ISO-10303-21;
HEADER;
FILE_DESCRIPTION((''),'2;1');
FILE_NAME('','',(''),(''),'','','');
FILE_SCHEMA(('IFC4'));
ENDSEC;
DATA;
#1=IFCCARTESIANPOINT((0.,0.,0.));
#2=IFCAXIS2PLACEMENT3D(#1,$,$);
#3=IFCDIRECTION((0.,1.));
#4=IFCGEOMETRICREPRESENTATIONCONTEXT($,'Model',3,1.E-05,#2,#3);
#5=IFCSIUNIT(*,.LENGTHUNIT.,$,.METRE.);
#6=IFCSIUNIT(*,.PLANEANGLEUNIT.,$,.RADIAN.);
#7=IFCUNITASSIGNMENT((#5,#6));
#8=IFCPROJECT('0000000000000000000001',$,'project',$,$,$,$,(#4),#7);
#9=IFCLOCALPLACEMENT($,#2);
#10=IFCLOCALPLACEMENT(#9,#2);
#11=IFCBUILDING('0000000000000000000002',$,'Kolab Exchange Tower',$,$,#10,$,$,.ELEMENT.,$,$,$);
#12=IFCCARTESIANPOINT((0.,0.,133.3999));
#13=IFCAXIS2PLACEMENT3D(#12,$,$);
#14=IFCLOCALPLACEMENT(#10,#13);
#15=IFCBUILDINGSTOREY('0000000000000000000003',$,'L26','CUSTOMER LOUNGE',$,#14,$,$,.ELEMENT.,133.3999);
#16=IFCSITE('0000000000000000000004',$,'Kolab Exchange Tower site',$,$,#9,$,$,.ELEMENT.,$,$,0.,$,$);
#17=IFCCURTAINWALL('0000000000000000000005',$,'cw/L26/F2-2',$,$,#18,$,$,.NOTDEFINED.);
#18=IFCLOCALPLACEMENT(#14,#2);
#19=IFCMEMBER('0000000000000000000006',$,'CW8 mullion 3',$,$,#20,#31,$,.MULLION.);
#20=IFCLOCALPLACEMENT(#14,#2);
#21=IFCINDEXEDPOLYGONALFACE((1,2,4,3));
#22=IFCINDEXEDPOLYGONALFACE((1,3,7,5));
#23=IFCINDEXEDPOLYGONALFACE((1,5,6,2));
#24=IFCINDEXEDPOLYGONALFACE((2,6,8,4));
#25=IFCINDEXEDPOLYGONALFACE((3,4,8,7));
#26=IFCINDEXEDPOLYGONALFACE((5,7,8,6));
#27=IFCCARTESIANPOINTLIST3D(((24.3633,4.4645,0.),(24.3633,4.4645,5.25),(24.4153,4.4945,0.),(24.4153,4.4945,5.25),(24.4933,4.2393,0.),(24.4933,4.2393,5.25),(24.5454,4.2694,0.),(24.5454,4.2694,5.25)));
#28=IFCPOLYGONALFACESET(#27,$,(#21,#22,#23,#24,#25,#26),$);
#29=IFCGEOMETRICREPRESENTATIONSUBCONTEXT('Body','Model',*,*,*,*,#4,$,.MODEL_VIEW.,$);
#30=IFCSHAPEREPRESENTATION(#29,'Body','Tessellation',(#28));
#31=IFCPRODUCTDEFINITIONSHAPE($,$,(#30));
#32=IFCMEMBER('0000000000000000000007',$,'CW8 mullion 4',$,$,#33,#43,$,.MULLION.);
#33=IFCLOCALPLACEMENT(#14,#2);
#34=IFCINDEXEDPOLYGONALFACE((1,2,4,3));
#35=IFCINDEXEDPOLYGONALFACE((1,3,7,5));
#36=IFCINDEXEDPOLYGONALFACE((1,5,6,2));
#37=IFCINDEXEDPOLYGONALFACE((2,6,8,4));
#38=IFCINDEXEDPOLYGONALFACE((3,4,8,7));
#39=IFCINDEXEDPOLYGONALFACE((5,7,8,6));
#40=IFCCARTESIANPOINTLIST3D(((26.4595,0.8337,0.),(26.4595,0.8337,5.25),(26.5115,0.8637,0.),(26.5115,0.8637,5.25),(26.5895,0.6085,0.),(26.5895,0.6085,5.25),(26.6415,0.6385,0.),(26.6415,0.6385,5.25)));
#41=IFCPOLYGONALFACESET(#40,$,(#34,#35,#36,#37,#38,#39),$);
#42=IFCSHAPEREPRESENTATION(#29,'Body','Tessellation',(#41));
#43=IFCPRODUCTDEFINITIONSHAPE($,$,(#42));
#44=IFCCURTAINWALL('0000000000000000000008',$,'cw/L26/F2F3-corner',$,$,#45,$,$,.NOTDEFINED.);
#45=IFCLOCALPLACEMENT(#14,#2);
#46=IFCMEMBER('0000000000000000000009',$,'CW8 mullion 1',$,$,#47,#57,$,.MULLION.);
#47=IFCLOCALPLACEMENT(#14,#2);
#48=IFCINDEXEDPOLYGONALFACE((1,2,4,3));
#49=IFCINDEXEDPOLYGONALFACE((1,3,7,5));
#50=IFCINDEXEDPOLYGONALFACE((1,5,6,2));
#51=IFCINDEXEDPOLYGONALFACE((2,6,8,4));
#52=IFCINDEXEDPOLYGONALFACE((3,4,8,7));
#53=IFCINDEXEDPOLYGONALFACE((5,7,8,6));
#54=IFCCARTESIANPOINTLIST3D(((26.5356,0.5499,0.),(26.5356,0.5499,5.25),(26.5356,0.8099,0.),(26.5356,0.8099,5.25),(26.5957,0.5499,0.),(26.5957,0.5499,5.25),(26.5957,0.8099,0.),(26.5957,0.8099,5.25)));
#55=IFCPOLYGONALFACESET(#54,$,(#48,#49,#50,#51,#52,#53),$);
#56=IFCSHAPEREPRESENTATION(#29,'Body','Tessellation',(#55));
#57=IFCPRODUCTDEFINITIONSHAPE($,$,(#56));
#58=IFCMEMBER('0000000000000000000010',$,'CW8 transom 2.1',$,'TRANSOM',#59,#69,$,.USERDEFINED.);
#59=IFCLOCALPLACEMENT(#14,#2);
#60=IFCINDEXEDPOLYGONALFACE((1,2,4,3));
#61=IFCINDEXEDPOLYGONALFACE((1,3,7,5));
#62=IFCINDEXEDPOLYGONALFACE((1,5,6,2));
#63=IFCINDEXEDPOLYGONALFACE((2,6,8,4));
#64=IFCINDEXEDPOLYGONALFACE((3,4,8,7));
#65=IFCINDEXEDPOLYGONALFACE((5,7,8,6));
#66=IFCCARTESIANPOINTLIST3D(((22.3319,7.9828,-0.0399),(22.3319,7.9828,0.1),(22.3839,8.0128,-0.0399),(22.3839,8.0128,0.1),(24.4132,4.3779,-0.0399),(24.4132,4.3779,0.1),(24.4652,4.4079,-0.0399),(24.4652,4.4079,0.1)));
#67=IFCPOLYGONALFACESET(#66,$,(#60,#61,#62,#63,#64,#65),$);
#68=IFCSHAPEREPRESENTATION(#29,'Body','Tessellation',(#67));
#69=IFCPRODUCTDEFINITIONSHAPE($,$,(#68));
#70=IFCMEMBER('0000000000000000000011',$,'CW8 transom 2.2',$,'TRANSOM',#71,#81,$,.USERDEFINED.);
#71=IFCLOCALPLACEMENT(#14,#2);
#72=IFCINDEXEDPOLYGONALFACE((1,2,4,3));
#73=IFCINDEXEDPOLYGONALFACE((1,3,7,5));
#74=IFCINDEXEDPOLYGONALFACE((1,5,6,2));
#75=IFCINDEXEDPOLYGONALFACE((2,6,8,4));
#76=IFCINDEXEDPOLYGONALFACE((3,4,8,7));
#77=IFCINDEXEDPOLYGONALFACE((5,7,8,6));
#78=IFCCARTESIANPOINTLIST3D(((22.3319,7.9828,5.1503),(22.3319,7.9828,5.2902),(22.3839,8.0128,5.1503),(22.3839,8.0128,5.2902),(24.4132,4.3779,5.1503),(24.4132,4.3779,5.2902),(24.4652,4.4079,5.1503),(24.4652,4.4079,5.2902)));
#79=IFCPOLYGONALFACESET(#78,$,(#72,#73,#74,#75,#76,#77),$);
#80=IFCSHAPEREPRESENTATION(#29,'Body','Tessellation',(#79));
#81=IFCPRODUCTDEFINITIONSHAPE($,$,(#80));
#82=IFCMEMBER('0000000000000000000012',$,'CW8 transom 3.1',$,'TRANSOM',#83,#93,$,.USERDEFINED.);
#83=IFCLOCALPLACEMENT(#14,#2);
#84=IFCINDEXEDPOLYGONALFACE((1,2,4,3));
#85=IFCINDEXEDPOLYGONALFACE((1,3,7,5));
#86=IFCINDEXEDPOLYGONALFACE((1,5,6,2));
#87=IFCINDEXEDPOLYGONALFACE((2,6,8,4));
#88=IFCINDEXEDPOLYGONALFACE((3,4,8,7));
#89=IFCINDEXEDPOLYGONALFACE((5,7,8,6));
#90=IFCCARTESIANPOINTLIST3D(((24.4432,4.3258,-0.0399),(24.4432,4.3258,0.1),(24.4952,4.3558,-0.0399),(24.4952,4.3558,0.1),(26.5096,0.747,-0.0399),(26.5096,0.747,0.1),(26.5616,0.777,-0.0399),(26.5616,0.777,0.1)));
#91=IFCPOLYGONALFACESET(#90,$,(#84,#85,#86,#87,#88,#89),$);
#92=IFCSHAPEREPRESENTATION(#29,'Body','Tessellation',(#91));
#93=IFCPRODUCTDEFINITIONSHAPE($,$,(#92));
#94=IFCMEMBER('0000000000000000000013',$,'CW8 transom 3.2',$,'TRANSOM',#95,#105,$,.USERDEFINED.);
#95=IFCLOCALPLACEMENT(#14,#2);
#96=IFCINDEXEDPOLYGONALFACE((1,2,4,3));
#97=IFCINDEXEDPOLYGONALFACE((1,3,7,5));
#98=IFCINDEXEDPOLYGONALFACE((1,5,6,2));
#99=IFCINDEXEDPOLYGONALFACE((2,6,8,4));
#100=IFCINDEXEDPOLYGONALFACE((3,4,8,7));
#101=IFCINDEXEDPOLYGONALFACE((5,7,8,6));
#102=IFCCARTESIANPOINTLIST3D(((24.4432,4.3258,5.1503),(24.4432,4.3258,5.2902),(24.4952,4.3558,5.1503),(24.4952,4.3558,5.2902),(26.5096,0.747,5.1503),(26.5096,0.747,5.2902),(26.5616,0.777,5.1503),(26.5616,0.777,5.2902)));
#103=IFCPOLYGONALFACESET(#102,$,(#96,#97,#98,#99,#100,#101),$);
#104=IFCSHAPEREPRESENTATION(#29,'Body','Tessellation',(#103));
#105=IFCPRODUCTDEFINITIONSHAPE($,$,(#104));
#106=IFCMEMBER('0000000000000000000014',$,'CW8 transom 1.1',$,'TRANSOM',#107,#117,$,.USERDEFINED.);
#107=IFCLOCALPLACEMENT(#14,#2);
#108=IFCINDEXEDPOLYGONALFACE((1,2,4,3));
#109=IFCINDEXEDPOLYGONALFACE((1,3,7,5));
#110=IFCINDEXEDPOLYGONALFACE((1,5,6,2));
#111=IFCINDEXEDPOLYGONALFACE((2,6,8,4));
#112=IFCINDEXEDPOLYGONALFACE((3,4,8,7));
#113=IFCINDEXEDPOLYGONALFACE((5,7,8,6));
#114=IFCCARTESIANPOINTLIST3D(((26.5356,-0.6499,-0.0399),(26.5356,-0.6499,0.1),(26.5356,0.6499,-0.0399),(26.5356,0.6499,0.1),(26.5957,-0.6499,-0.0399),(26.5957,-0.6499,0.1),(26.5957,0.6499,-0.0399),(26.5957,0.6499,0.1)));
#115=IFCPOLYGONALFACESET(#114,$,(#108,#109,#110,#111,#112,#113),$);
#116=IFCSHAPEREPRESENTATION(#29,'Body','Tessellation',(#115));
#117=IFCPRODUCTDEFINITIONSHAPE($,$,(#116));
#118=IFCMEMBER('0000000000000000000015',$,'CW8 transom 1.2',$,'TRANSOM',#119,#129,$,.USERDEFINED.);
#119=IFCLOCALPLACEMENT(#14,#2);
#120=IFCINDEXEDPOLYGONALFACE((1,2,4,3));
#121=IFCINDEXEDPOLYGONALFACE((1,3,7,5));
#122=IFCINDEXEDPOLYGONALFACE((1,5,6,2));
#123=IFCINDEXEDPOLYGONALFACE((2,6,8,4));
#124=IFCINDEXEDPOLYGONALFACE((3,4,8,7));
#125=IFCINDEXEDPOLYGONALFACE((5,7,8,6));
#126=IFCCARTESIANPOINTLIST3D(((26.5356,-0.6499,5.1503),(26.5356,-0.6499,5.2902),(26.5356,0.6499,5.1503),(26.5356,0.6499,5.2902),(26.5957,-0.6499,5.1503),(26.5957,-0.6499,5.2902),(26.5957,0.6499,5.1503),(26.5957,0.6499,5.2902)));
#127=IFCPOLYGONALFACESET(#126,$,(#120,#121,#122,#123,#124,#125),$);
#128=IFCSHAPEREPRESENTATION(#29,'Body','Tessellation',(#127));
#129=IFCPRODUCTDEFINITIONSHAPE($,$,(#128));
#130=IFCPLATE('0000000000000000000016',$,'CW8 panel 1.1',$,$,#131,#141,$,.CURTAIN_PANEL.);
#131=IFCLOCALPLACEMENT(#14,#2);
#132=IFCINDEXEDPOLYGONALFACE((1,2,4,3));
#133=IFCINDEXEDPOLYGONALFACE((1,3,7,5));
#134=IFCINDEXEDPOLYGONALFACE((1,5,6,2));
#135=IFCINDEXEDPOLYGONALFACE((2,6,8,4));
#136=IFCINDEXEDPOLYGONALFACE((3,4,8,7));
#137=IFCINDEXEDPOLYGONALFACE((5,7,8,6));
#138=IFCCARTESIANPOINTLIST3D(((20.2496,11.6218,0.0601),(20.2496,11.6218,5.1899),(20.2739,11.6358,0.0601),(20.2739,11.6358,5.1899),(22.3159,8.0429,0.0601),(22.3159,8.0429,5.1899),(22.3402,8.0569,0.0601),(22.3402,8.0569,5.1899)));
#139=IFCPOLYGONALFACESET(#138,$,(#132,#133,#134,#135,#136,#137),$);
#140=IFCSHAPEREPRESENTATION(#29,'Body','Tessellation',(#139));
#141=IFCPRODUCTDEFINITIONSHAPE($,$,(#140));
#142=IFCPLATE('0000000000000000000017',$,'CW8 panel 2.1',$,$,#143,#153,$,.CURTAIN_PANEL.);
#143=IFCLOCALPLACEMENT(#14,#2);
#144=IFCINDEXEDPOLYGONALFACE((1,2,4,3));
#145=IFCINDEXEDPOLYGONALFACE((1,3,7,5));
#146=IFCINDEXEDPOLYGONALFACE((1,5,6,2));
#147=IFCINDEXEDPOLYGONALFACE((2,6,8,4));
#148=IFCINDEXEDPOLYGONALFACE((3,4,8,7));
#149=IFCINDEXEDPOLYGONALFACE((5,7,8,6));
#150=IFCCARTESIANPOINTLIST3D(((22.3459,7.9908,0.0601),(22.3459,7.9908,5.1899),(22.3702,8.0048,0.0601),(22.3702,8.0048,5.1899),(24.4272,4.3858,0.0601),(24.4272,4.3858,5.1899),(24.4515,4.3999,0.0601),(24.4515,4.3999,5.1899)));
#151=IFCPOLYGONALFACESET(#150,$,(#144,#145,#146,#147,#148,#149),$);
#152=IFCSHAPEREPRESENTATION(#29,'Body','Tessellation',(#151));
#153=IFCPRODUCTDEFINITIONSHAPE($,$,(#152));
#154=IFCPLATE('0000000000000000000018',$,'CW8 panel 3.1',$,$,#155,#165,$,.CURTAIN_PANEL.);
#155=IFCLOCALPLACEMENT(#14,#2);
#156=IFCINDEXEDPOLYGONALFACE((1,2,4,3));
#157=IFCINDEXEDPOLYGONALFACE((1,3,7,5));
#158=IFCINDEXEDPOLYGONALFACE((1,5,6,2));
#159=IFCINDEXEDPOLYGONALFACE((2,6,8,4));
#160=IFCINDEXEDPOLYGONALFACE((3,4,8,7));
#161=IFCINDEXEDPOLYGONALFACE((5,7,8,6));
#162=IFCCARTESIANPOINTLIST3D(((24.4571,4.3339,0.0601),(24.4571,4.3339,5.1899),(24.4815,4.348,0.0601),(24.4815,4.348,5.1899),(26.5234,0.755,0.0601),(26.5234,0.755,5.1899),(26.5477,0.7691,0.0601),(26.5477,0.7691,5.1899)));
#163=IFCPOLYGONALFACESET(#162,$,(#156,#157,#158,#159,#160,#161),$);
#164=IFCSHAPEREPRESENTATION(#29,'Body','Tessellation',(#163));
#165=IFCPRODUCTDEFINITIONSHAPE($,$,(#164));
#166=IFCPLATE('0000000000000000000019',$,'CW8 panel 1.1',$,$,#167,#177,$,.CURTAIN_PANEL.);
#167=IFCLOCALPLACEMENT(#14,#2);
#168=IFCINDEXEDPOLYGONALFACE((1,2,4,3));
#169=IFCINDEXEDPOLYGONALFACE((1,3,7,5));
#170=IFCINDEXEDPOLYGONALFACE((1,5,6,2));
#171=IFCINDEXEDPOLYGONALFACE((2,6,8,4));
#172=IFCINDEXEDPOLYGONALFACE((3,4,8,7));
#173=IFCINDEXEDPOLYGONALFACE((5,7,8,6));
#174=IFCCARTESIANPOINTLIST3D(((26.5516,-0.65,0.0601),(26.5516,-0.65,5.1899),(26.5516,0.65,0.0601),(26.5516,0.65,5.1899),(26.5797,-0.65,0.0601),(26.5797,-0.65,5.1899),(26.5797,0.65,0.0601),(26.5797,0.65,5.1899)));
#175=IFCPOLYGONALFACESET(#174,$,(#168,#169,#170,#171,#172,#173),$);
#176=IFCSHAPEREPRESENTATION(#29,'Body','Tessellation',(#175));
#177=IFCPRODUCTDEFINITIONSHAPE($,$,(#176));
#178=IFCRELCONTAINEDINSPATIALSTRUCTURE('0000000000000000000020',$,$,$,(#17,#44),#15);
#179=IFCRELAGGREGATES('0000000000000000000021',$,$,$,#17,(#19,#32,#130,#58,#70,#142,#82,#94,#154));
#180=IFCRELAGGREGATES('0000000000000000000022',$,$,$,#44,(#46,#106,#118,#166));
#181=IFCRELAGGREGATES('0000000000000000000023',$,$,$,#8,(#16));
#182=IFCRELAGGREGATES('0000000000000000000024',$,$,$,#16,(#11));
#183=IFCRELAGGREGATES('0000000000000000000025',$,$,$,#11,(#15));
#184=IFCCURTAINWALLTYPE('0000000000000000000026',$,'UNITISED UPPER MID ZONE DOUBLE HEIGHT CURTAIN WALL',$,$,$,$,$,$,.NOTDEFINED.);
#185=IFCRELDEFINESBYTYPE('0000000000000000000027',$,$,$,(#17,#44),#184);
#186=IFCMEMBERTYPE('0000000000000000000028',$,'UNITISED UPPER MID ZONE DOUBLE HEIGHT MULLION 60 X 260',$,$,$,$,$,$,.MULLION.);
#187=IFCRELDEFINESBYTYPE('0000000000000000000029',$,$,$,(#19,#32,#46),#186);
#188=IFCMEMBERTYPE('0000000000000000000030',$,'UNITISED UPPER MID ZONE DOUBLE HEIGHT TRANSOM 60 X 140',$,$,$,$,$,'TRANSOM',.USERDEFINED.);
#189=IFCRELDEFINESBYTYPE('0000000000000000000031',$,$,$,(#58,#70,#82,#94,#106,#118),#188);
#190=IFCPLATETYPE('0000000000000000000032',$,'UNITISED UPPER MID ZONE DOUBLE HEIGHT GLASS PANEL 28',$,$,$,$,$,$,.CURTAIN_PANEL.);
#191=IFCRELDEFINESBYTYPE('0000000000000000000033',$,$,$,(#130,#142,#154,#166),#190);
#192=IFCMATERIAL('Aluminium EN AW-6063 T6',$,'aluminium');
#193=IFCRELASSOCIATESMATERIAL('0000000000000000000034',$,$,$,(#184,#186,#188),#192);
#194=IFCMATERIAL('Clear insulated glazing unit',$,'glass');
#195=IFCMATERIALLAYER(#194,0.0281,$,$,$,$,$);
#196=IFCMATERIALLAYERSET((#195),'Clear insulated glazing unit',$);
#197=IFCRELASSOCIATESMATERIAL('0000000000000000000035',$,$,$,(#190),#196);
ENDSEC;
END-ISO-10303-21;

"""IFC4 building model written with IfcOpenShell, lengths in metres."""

from ifc_helpers import new_model, si_unit, direction, frame, origin, origin_2d, place, context, subcontext, project, spatial, rectangle, extrude, material, layer, layer_set, material_profile, profile_set, type_object, element, aggregate, save


model = new_model("IFC4")

# Units and contexts
model_context = context("Model", 3, precision=1e-05, world=origin(), true_north=direction((0.0, 1.0)))
body_context = subcontext(model_context, "Body", "Model", "MODEL_VIEW")
ifc_project = project(units=[si_unit("LENGTHUNIT", "METRE"), si_unit("PLANEANGLEUNIT", "RADIAN")], contexts=[model_context])

# Site, building, storey
site_placement = place(None, origin())
site = spatial("IfcSite", under=ifc_project, at=site_placement, Name="Kolab Exchange Tower site", CompositionType="ELEMENT", RefElevation=0.0)
building_placement = place(site_placement, origin())
building = spatial("IfcBuilding", under=site, at=building_placement, Name="Kolab Exchange Tower", CompositionType="ELEMENT")
storey_placement = place(building_placement, frame((0.0, 0.0, 133.3999)))
storey = spatial("IfcBuildingStorey", under=building, at=storey_placement, Name="L26", Description="CUSTOMER LOUNGE", CompositionType="ELEMENT", Elevation=133.3999)

# Curtain wall, members
ifc_material_1 = material(Name="Aluminium EN AW-6063 T6", Category="aluminium")
curtain_wall_type = type_object("IfcCurtainWallType", Name="UNITISED UPPER MID ZONE DOUBLE HEIGHT CURTAIN WALL", PredefinedType="NOTDEFINED", material=ifc_material_1)
curtain_wall_1_placement = place(storey_placement, origin())
curtain_wall_1 = element("IfcCurtainWall", 1, at=curtain_wall_1_placement, inside=storey, type_object=curtain_wall_type, Name="cw/L26/F2-2", PredefinedType="NOTDEFINED")
ifc_material_profile_1 = material_profile(ifc_material_1, rectangle(XDim=0.0601, YDim=0.26, at=origin_2d()), Name="RECT 60X260")
ifc_profile_set_1 = profile_set([ifc_material_profile_1], Name="Aluminium EN AW-6063 T6")
member_type_1 = type_object("IfcMemberType", Name="UNITISED UPPER MID ZONE DOUBLE HEIGHT MULLION 60 X 260", PredefinedType="MULLION", material=ifc_profile_set_1)
member_1_placement = place(storey_placement, frame((24.4543, 4.3669, 0.0), z_axis=(0.0, 0.0, 1.0), x_axis=(0.866025, 0.5, 0.0)))
member_1 = element("IfcMember", 2, at=member_1_placement, type_object=member_type_1, Name="CW8 mullion 3", PredefinedType="MULLION", context=body_context, shape_type="SweptSolid", body=[
    extrude(rectangle(XDim=0.0601, YDim=0.26, at=origin_2d()), origin(), (0.0, 0.0, 1.0), 5.25),
])
member_2_placement = place(storey_placement, frame((26.5505, 0.7361, 0.0), z_axis=(0.0, 0.0, 1.0), x_axis=(0.866025, 0.5, 0.0)))
member_2 = element("IfcMember", 3, at=member_2_placement, type_object=member_type_1, Name="CW8 mullion 4", PredefinedType="MULLION", context=body_context, shape_type="SweptSolid", body=[
    extrude(rectangle(XDim=0.0601, YDim=0.26, at=origin_2d()), origin(), (0.0, 0.0, 1.0), 5.25),
])

# Curtain wall, member
curtain_wall_2_placement = place(storey_placement, origin())
curtain_wall_2 = element("IfcCurtainWall", 4, at=curtain_wall_2_placement, inside=storey, type_object=curtain_wall_type, Name="cw/L26/F2F3-corner", PredefinedType="NOTDEFINED")
member_3_placement = place(storey_placement, frame((26.5657, 0.6799, 0.0), z_axis=(0.0, 0.0, 1.0), x_axis=(1.0, 0.0, 0.0)))
member_3 = element("IfcMember", 5, at=member_3_placement, type_object=member_type_1, Name="CW8 mullion 1", PredefinedType="MULLION", context=body_context, shape_type="SweptSolid", body=[
    extrude(rectangle(XDim=0.0601, YDim=0.26, at=origin_2d()), origin(), (0.0, 0.0, 1.0), 5.25),
])

# Members
ifc_material_profile_2 = material_profile(ifc_material_1, rectangle(XDim=0.0601, YDim=0.1399, at=origin_2d()), Name="RECT 60X140")
ifc_profile_set_2 = profile_set([ifc_material_profile_2], Name="Aluminium EN AW-6063 T6")
member_type_2 = type_object("IfcMemberType", Name="UNITISED UPPER MID ZONE DOUBLE HEIGHT TRANSOM 60 X 140", ElementType="TRANSOM", PredefinedType="USERDEFINED", material=ifc_profile_set_2)
member_4_placement = place(storey_placement, frame((22.3579, 7.9978, 0.03), z_axis=(0.499993, -0.866029, 0.0), x_axis=(0.866029, 0.499993, 0.0)))
member_4 = element("IfcMember", 6, at=member_4_placement, type_object=member_type_2, Name="CW8 transom 2.1", ObjectType="TRANSOM", PredefinedType="USERDEFINED", context=body_context, shape_type="SweptSolid", body=[
    extrude(rectangle(XDim=0.0601, YDim=0.1399, at=origin_2d()), origin(), (0.0, 0.0, 1.0), 4.1626),
])
member_5_placement = place(storey_placement, frame((22.3579, 7.9978, 5.2202), z_axis=(0.499993, -0.866029, 0.0), x_axis=(0.866029, 0.499993, 0.0)))
member_5 = element("IfcMember", 7, at=member_5_placement, type_object=member_type_2, Name="CW8 transom 2.2", ObjectType="TRANSOM", PredefinedType="USERDEFINED", context=body_context, shape_type="SweptSolid", body=[
    extrude(rectangle(XDim=0.0601, YDim=0.1399, at=origin_2d()), origin(), (0.0, 0.0, 1.0), 4.1626),
])
member_6_placement = place(storey_placement, frame((24.4692, 4.3408, 0.03), z_axis=(0.500028, -0.866009, 0.0), x_axis=(0.866009, 0.500028, 0.0)))
member_6 = element("IfcMember", 8, at=member_6_placement, type_object=member_type_2, Name="CW8 transom 3.1", ObjectType="TRANSOM", PredefinedType="USERDEFINED", context=body_context, shape_type="SweptSolid", body=[
    extrude(rectangle(XDim=0.0601, YDim=0.1399, at=origin_2d()), origin(), (0.0, 0.0, 1.0), 4.1326),
])
member_7_placement = place(storey_placement, frame((24.4692, 4.3408, 5.2202), z_axis=(0.500028, -0.866009, 0.0), x_axis=(0.866009, 0.500028, 0.0)))
member_7 = element("IfcMember", 9, at=member_7_placement, type_object=member_type_2, Name="CW8 transom 3.2", ObjectType="TRANSOM", PredefinedType="USERDEFINED", context=body_context, shape_type="SweptSolid", body=[
    extrude(rectangle(XDim=0.0601, YDim=0.1399, at=origin_2d()), origin(), (0.0, 0.0, 1.0), 4.1326),
])
member_8_placement = place(storey_placement, frame((26.5657, 0.6499, 0.03), z_axis=(0.0, -1.0, 0.0), x_axis=(1.0, 0.0, 0.0)))
member_8 = element("IfcMember", 10, at=member_8_placement, type_object=member_type_2, Name="CW8 transom 1.1", ObjectType="TRANSOM", PredefinedType="USERDEFINED", context=body_context, shape_type="SweptSolid", body=[
    extrude(rectangle(XDim=0.0601, YDim=0.1399, at=origin_2d()), origin(), (0.0, 0.0, 1.0), 1.2998),
])
member_9_placement = place(storey_placement, frame((26.5657, 0.6499, 5.2202), z_axis=(0.0, -1.0, 0.0), x_axis=(1.0, 0.0, 0.0)))
member_9 = element("IfcMember", 11, at=member_9_placement, type_object=member_type_2, Name="CW8 transom 1.2", ObjectType="TRANSOM", PredefinedType="USERDEFINED", context=body_context, shape_type="SweptSolid", body=[
    extrude(rectangle(XDim=0.0601, YDim=0.1399, at=origin_2d()), origin(), (0.0, 0.0, 1.0), 1.2998),
])

# Plates
ifc_material_2 = material(Name="Clear insulated glazing unit", Category="glass")
ifc_layer_1 = layer(ifc_material_2, 0.0281)
ifc_layer_set_1 = layer_set([ifc_layer_1], Name="Clear insulated glazing unit")
plate_type = type_object("IfcPlateType", Name="UNITISED UPPER MID ZONE DOUBLE HEIGHT GLASS PANEL 28", PredefinedType="CURTAIN_PANEL", material=ifc_layer_set_1)
plate_1_placement = place(storey_placement, frame((21.2949, 9.8394, 0.0601), z_axis=(0.0, 0.0, 1.0), x_axis=(0.5, -0.866025, 0.0)))
plate_1 = element("IfcPlate", 12, at=plate_1_placement, type_object=plate_type, Name="CW8 panel 1.1", PredefinedType="CURTAIN_PANEL", context=body_context, shape_type="SweptSolid", body=[
    extrude(rectangle(XDim=4.1326, YDim=0.0281, at=origin_2d()), origin(), (0.0, 0.0, 1.0), 5.1299),
])
plate_2_placement = place(storey_placement, frame((23.3987, 6.1953, 0.0601), z_axis=(0.0, 0.0, 1.0), x_axis=(0.5, -0.866025, 0.0)))
plate_2 = element("IfcPlate", 13, at=plate_2_placement, type_object=plate_type, Name="CW8 panel 2.1", PredefinedType="CURTAIN_PANEL", context=body_context, shape_type="SweptSolid", body=[
    extrude(rectangle(XDim=4.1626, YDim=0.0281, at=origin_2d()), origin(), (0.0, 0.0, 1.0), 5.1299),
])
plate_3_placement = place(storey_placement, frame((25.5024, 2.5515, 0.0601), z_axis=(0.0, 0.0, 1.0), x_axis=(0.5, -0.866025, 0.0)))
plate_3 = element("IfcPlate", 14, at=plate_3_placement, type_object=plate_type, Name="CW8 panel 3.1", PredefinedType="CURTAIN_PANEL", context=body_context, shape_type="SweptSolid", body=[
    extrude(rectangle(XDim=4.1326, YDim=0.0281, at=origin_2d()), origin(), (0.0, 0.0, 1.0), 5.1299),
])
aggregate(curtain_wall_1, [member_1, member_2, plate_1, member_4, member_5, plate_2, member_6, member_7, plate_3])
plate_4_placement = place(storey_placement, frame((26.5657, 0.0, 0.0601), z_axis=(0.0, 0.0, 1.0), x_axis=(0.0, -1.0, 0.0)))
plate_4 = element("IfcPlate", 15, at=plate_4_placement, type_object=plate_type, Name="CW8 panel 1.1", PredefinedType="CURTAIN_PANEL", context=body_context, shape_type="SweptSolid", body=[
    extrude(rectangle(XDim=1.3, YDim=0.0281, at=origin_2d()), origin(), (0.0, 0.0, 1.0), 5.1299),
])
aggregate(curtain_wall_2, [member_3, member_8, member_9, plate_4])

save(model, "model.ifc")
